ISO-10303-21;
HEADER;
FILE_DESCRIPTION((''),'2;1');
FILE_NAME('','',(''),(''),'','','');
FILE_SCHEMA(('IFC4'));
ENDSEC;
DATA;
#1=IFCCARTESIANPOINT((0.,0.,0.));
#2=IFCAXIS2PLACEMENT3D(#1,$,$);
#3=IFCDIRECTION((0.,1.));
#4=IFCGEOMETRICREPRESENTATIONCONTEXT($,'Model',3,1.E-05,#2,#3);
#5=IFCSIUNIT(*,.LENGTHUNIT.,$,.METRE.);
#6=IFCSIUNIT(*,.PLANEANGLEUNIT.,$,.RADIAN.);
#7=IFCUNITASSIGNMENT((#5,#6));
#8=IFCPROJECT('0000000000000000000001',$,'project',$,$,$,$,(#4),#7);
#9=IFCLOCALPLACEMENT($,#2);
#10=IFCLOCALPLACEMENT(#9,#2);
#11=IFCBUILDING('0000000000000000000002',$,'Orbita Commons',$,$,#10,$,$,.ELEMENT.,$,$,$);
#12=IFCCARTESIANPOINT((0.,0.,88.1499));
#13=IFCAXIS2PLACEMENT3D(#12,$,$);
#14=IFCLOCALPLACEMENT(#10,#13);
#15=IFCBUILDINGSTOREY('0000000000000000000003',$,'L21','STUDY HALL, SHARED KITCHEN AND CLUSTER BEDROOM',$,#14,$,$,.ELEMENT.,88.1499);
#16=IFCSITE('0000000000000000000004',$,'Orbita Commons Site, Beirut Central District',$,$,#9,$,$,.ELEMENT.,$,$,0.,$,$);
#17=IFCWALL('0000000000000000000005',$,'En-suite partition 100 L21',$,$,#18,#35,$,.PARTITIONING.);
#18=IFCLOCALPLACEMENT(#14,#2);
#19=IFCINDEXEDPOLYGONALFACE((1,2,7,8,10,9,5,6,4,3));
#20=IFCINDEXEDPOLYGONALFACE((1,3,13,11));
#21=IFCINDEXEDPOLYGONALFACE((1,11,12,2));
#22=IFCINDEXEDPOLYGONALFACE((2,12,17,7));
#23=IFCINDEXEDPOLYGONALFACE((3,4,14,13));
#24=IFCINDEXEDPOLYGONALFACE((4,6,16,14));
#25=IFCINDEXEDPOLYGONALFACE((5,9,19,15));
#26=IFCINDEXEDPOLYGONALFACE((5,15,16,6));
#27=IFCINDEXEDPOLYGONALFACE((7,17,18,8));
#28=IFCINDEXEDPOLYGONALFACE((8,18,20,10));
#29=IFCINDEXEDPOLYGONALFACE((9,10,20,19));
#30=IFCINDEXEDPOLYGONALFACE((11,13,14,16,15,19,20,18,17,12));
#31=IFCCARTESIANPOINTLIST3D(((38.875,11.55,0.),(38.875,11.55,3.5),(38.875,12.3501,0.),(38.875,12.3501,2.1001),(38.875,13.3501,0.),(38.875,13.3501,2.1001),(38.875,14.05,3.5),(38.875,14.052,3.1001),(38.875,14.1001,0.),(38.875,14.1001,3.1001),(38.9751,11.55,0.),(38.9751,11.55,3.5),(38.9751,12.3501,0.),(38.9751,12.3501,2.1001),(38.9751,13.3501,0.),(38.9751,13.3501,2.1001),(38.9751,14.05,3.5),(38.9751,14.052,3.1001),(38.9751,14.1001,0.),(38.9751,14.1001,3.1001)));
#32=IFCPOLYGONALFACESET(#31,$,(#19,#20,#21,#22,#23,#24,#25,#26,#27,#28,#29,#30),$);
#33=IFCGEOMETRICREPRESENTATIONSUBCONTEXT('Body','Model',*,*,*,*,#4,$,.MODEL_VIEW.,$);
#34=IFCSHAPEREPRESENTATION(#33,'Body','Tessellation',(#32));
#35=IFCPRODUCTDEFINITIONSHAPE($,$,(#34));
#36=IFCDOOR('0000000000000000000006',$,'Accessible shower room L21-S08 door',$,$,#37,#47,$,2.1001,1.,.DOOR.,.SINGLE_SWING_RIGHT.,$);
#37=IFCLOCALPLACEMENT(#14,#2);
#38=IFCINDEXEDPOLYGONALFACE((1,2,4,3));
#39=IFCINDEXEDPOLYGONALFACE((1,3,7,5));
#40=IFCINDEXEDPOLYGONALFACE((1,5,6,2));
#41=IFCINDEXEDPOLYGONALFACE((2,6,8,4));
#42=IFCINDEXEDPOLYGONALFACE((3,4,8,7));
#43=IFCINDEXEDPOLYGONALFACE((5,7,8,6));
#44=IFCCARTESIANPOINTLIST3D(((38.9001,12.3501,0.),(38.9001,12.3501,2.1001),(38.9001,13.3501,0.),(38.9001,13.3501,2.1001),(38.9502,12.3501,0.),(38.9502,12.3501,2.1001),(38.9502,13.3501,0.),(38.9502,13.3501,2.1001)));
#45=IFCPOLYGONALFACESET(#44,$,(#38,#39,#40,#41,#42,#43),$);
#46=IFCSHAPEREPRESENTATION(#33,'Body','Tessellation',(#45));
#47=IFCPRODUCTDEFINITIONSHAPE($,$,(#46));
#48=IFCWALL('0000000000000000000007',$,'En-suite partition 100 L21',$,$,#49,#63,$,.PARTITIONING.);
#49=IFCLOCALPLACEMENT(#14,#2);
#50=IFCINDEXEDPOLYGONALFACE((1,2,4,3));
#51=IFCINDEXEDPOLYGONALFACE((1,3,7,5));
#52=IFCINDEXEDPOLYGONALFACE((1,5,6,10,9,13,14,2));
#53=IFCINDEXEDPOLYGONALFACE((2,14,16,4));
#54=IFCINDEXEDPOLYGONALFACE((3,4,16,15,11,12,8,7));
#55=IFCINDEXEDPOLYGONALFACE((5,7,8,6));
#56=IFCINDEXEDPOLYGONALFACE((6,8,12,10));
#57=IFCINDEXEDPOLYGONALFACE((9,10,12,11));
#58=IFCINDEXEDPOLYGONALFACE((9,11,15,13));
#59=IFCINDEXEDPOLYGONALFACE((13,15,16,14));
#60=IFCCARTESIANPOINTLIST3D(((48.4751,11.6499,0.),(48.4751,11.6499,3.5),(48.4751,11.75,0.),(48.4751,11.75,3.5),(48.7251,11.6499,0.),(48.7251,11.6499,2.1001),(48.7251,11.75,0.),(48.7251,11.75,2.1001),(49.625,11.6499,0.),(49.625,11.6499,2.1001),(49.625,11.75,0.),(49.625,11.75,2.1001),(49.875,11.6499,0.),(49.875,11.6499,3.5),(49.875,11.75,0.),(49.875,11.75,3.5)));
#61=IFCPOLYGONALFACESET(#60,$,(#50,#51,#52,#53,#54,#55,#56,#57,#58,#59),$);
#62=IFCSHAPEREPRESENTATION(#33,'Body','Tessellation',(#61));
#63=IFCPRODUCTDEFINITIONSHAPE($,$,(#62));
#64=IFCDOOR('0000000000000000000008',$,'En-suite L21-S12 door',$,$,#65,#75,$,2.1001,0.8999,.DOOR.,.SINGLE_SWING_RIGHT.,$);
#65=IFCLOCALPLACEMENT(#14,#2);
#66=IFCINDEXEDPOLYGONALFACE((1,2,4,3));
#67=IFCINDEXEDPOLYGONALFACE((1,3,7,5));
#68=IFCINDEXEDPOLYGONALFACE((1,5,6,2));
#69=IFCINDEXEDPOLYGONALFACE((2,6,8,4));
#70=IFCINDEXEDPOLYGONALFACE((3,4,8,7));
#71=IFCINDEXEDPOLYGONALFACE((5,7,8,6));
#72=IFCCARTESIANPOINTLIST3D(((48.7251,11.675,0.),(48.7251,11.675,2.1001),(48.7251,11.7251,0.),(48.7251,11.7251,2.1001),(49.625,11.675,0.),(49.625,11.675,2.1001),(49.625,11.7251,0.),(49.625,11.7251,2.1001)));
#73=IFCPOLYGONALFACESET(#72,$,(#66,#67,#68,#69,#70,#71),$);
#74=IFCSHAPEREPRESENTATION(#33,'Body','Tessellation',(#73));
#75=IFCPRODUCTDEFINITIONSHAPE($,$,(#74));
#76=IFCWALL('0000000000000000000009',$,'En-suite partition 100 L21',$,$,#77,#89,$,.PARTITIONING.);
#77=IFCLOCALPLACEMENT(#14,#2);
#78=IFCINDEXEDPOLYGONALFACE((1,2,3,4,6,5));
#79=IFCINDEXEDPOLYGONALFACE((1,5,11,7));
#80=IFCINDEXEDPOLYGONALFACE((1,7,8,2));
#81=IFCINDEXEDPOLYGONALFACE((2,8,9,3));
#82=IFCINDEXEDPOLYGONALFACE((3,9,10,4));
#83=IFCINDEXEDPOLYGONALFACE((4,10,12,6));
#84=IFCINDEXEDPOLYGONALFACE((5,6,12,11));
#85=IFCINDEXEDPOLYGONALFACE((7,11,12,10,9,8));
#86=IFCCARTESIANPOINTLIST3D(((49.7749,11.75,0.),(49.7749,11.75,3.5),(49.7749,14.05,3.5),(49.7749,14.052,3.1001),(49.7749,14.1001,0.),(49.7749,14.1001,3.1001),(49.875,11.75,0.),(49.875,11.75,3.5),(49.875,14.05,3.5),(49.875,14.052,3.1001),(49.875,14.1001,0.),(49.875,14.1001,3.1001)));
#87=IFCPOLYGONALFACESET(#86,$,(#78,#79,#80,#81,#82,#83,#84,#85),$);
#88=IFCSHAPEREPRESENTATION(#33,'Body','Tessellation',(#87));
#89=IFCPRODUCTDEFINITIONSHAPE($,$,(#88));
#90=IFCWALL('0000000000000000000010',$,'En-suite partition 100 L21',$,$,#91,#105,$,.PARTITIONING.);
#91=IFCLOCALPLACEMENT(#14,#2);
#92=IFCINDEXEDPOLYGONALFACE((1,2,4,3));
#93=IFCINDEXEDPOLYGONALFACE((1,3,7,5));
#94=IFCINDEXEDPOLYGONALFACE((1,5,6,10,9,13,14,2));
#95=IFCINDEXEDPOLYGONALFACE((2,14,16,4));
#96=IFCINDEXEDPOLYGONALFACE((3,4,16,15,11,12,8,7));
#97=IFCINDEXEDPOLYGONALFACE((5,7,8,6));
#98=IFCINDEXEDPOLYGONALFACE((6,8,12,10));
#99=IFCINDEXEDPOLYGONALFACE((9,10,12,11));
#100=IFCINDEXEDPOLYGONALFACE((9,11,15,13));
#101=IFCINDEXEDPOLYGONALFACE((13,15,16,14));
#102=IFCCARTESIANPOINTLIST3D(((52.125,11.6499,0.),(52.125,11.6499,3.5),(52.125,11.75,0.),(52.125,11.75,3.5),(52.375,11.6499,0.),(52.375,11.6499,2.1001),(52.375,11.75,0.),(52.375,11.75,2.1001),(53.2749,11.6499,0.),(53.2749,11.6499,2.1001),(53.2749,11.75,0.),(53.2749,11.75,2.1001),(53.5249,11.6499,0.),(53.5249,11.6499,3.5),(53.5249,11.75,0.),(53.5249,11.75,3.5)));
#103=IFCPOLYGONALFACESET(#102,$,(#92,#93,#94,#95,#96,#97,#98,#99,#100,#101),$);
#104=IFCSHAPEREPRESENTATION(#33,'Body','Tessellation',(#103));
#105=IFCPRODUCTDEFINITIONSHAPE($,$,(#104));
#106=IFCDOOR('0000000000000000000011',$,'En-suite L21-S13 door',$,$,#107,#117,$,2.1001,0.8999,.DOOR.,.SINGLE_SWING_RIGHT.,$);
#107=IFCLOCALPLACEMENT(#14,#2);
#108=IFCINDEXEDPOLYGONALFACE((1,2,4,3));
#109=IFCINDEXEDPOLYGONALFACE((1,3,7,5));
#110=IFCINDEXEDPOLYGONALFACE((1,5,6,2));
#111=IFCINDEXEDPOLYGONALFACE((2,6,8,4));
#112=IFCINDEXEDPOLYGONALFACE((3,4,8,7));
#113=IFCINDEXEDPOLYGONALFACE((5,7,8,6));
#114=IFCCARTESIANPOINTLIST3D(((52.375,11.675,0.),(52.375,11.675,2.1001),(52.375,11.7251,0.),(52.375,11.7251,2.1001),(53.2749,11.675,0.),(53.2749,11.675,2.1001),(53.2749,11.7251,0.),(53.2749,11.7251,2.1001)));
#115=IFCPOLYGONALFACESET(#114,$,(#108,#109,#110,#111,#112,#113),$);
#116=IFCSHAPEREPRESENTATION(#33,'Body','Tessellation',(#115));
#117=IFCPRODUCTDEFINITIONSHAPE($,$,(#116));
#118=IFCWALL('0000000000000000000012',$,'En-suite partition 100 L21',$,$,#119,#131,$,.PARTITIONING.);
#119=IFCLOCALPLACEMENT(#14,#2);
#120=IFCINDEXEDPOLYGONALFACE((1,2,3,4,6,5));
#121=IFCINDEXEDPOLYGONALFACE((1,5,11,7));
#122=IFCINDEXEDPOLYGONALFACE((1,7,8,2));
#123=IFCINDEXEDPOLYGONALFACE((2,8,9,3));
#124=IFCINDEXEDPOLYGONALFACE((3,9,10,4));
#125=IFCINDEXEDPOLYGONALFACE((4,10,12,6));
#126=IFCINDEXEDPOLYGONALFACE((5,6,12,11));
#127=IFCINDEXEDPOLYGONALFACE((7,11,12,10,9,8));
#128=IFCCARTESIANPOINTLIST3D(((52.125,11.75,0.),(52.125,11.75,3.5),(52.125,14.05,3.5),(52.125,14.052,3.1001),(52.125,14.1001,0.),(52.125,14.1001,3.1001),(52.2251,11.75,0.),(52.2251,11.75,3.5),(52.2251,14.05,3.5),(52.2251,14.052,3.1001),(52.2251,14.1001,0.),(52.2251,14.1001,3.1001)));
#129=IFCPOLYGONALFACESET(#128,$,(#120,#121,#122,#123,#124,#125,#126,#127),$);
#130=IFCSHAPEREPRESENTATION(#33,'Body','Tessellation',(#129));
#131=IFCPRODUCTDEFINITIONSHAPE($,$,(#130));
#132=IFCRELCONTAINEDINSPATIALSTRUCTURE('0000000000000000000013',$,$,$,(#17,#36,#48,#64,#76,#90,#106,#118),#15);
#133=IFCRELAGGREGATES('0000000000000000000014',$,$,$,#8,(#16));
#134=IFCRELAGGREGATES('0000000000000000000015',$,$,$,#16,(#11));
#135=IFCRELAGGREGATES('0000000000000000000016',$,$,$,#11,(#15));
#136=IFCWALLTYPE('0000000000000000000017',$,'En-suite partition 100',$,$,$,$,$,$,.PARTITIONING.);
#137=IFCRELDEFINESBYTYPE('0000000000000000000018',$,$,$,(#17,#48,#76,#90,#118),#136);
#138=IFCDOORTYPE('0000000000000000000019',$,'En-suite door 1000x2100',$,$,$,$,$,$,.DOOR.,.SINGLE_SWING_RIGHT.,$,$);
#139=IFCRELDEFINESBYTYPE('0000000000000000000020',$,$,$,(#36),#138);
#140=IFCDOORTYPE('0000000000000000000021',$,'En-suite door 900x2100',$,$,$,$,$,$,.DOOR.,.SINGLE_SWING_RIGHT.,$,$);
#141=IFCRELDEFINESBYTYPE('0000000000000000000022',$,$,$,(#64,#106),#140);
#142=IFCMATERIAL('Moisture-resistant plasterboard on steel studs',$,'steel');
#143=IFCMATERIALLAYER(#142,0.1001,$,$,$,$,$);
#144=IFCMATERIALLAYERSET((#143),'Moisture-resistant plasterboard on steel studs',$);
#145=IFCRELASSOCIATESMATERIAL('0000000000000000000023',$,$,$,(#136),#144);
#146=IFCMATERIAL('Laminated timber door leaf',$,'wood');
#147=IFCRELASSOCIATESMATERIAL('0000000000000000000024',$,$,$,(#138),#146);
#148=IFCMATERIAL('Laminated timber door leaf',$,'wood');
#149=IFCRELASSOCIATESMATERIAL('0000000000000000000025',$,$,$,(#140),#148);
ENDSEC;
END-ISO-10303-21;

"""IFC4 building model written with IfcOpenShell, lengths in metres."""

from ifc_helpers import new_model, si_unit, direction, frame, frame_2d, origin, place, context, subcontext, project, spatial, polyline, rectangle, outline, extrude, material, layer, layer_set, type_object, element, fill, save


model = new_model("IFC4")

# Units and contexts
model_context = context("Model", 3, precision=1e-05, world=origin(), true_north=direction((0.0, 1.0)))
body_context = subcontext(model_context, "Body", "Model", "MODEL_VIEW")
ifc_project = project(units=[si_unit("LENGTHUNIT", "METRE"), si_unit("PLANEANGLEUNIT", "RADIAN")], contexts=[model_context])

# Site, building, storey
site_placement = place(None, origin())
site = spatial("IfcSite", under=ifc_project, at=site_placement, Name="Orbita Commons Site, Beirut Central District", CompositionType="ELEMENT", RefElevation=0.0)
building_placement = place(site_placement, origin())
building = spatial("IfcBuilding", under=site, at=building_placement, Name="Orbita Commons", CompositionType="ELEMENT")
storey_placement = place(building_placement, frame((0.0, 0.0, 88.1499)))
storey = spatial("IfcBuildingStorey", under=building, at=storey_placement, Name="L21", Description="STUDY HALL, SHARED KITCHEN AND CLUSTER BEDROOM", CompositionType="ELEMENT", Elevation=88.1499)

# Shared definitions
ifc_material_1 = material(Name="Moisture-resistant plasterboard on steel studs", Category="steel")
ifc_layer_1 = layer(ifc_material_1, 0.1001)
ifc_layer_set_1 = layer_set([ifc_layer_1], Name="Moisture-resistant plasterboard on steel studs")
wall_type_1 = type_object("IfcWallType", Name="En-suite partition 100", PredefinedType="PARTITIONING", material=ifc_layer_set_1)

# Walls, openings, doors
wall_1_placement = place(storey_placement, frame((38.925, 11.55, 0.0), z_axis=(0.0, 0.0, 1.0), x_axis=(0.0, 1.0, 0.0)))
wall_1 = element("IfcWall", 1, at=wall_1_placement, inside=storey, type_object=wall_type_1, Name="En-suite partition 100 L21", PredefinedType="PARTITIONING", context=body_context, shape_type="SweptSolid", body=[
    extrude(outline(polyline([(0.0, 0.0), (2.55, 0.0), (2.55, 3.1001), (2.502, 3.1001), (2.5, 3.5), (0.0, 3.5), (0.0, 0.0)])), frame((0.0, 0.05, 0.0), z_axis=(0.0, -1.0, 0.0), x_axis=(1.0, 0.0, 0.0)), (0.0, 0.0, 1.0), 0.1001),
])
opening_1_placement = place(wall_1_placement, frame((0.8, 0.0, 0.0)))
opening_1 = element("IfcOpeningElement", 2, at=opening_1_placement, cuts=wall_1, PredefinedType="OPENING", context=body_context, shape_type="SweptSolid", body=[
    extrude(rectangle(XDim=1.0, YDim=2.1001, at=frame_2d((0.5, 1.05))), frame((0.0, 0.0601, 0.0), z_axis=(0.0, -1.0, 0.0), x_axis=(1.0, 0.0, 0.0)), (0.0, 0.0, 1.0), 0.1201),
])
ifc_material_2 = material(Name="Laminated timber door leaf", Category="wood")
door_type_1 = type_object("IfcDoorType", Name="En-suite door 1000x2100", OperationType="SINGLE_SWING_RIGHT", PredefinedType="DOOR", material=ifc_material_2)
door_1_placement = place(opening_1_placement, origin())
door_1 = element("IfcDoor", 3, at=door_1_placement, inside=storey, type_object=door_type_1, Name="Accessible shower room L21-S08 door", OperationType="SINGLE_SWING_RIGHT", OverallHeight=2.1001, OverallWidth=1.0, PredefinedType="DOOR", context=body_context, shape_type="SweptSolid", body=[
    extrude(rectangle(XDim=1.0, YDim=2.1001, at=frame_2d((0.5, 1.05))), frame((0.0, 0.0249, 0.0), z_axis=(0.0, -1.0, 0.0), x_axis=(1.0, 0.0, 0.0)), (0.0, 0.0, 1.0), 0.05),
])
fill(opening_1, door_1)
wall_2_placement = place(storey_placement, frame((49.875, 11.7, 0.0), z_axis=(0.0, 0.0, 1.0), x_axis=(-1.0, 0.0, 0.0)))
wall_2 = element("IfcWall", 4, at=wall_2_placement, inside=storey, type_object=wall_type_1, Name="En-suite partition 100 L21", PredefinedType="PARTITIONING", context=body_context, shape_type="SweptSolid", body=[
    extrude(rectangle(XDim=1.3999, YDim=0.1001, at=frame_2d((0.7, 0.0))), origin(), (0.0, 0.0, 1.0), 3.5),
])
opening_2_placement = place(wall_2_placement, frame((0.25, 0.0, 0.0)))
opening_2 = element("IfcOpeningElement", 5, at=opening_2_placement, cuts=wall_2, PredefinedType="OPENING", context=body_context, shape_type="SweptSolid", body=[
    extrude(rectangle(XDim=0.8999, YDim=2.1001, at=frame_2d((0.45, 1.05))), frame((0.0, 0.0601, 0.0), z_axis=(0.0, -1.0, 0.0), x_axis=(1.0, 0.0, 0.0)), (0.0, 0.0, 1.0), 0.1201),
])
ifc_material_3 = material(Name="Laminated timber door leaf", Category="wood")
door_type_2 = type_object("IfcDoorType", Name="En-suite door 900x2100", OperationType="SINGLE_SWING_RIGHT", PredefinedType="DOOR", material=ifc_material_3)
door_2_placement = place(opening_2_placement, origin())
door_2 = element("IfcDoor", 6, at=door_2_placement, inside=storey, type_object=door_type_2, Name="En-suite L21-S12 door", OperationType="SINGLE_SWING_RIGHT", OverallHeight=2.1001, OverallWidth=0.8999, PredefinedType="DOOR", context=body_context, shape_type="SweptSolid", body=[
    extrude(rectangle(XDim=0.8999, YDim=2.1001, at=frame_2d((0.45, 1.05))), frame((0.0, 0.0249, 0.0), z_axis=(0.0, -1.0, 0.0), x_axis=(1.0, 0.0, 0.0)), (0.0, 0.0, 1.0), 0.05),
])
fill(opening_2, door_2)

# Wall
wall_3_placement = place(storey_placement, frame((49.825, 11.75, 0.0), z_axis=(0.0, 0.0, 1.0), x_axis=(0.0, 1.0, 0.0)))
element("IfcWall", 7, at=wall_3_placement, inside=storey, type_object=wall_type_1, Name="En-suite partition 100 L21", PredefinedType="PARTITIONING", context=body_context, shape_type="SweptSolid", body=[
    extrude(outline(polyline([(0.0, 0.0), (2.3501, 0.0), (2.3501, 3.1001), (2.302, 3.1001), (2.3, 3.5), (0.0, 3.5), (0.0, 0.0)])), frame((0.0, 0.05, 0.0), z_axis=(0.0, -1.0, 0.0), x_axis=(1.0, 0.0, 0.0)), (0.0, 0.0, 1.0), 0.1001),
])

# Wall, opening, door
wall_4_placement = place(storey_placement, frame((53.5249, 11.7, 0.0), z_axis=(0.0, 0.0, 1.0), x_axis=(-1.0, 0.0, 0.0)))
wall_4 = element("IfcWall", 8, at=wall_4_placement, inside=storey, type_object=wall_type_1, Name="En-suite partition 100 L21", PredefinedType="PARTITIONING", context=body_context, shape_type="SweptSolid", body=[
    extrude(rectangle(XDim=1.3999, YDim=0.1001, at=frame_2d((0.7, 0.0))), origin(), (0.0, 0.0, 1.0), 3.5),
])
opening_3_placement = place(wall_4_placement, frame((0.25, 0.0, 0.0)))
opening_3 = element("IfcOpeningElement", 9, at=opening_3_placement, cuts=wall_4, PredefinedType="OPENING", context=body_context, shape_type="SweptSolid", body=[
    extrude(rectangle(XDim=0.8999, YDim=2.1001, at=frame_2d((0.45, 1.05))), frame((0.0, 0.0601, 0.0), z_axis=(0.0, -1.0, 0.0), x_axis=(1.0, 0.0, 0.0)), (0.0, 0.0, 1.0), 0.1201),
])
door_3_placement = place(opening_3_placement, origin())
door_3 = element("IfcDoor", 10, at=door_3_placement, inside=storey, type_object=door_type_2, Name="En-suite L21-S13 door", OperationType="SINGLE_SWING_RIGHT", OverallHeight=2.1001, OverallWidth=0.8999, PredefinedType="DOOR", context=body_context, shape_type="SweptSolid", body=[
    extrude(rectangle(XDim=0.8999, YDim=2.1001, at=frame_2d((0.45, 1.05))), frame((0.0, 0.0249, 0.0), z_axis=(0.0, -1.0, 0.0), x_axis=(1.0, 0.0, 0.0)), (0.0, 0.0, 1.0), 0.05),
])
fill(opening_3, door_3)

# Wall
wall_5_placement = place(storey_placement, frame((52.175, 11.75, 0.0), z_axis=(0.0, 0.0, 1.0), x_axis=(0.0, 1.0, 0.0)))
element("IfcWall", 11, at=wall_5_placement, inside=storey, type_object=wall_type_1, Name="En-suite partition 100 L21", PredefinedType="PARTITIONING", context=body_context, shape_type="SweptSolid", body=[
    extrude(outline(polyline([(0.0, 0.0), (2.3501, 0.0), (2.3501, 3.1001), (2.302, 3.1001), (2.3, 3.5), (0.0, 3.5), (0.0, 0.0)])), frame((0.0, 0.05, 0.0), z_axis=(0.0, -1.0, 0.0), x_axis=(1.0, 0.0, 0.0)), (0.0, 0.0, 1.0), 0.1001),
])

save(model, "model.ifc")
